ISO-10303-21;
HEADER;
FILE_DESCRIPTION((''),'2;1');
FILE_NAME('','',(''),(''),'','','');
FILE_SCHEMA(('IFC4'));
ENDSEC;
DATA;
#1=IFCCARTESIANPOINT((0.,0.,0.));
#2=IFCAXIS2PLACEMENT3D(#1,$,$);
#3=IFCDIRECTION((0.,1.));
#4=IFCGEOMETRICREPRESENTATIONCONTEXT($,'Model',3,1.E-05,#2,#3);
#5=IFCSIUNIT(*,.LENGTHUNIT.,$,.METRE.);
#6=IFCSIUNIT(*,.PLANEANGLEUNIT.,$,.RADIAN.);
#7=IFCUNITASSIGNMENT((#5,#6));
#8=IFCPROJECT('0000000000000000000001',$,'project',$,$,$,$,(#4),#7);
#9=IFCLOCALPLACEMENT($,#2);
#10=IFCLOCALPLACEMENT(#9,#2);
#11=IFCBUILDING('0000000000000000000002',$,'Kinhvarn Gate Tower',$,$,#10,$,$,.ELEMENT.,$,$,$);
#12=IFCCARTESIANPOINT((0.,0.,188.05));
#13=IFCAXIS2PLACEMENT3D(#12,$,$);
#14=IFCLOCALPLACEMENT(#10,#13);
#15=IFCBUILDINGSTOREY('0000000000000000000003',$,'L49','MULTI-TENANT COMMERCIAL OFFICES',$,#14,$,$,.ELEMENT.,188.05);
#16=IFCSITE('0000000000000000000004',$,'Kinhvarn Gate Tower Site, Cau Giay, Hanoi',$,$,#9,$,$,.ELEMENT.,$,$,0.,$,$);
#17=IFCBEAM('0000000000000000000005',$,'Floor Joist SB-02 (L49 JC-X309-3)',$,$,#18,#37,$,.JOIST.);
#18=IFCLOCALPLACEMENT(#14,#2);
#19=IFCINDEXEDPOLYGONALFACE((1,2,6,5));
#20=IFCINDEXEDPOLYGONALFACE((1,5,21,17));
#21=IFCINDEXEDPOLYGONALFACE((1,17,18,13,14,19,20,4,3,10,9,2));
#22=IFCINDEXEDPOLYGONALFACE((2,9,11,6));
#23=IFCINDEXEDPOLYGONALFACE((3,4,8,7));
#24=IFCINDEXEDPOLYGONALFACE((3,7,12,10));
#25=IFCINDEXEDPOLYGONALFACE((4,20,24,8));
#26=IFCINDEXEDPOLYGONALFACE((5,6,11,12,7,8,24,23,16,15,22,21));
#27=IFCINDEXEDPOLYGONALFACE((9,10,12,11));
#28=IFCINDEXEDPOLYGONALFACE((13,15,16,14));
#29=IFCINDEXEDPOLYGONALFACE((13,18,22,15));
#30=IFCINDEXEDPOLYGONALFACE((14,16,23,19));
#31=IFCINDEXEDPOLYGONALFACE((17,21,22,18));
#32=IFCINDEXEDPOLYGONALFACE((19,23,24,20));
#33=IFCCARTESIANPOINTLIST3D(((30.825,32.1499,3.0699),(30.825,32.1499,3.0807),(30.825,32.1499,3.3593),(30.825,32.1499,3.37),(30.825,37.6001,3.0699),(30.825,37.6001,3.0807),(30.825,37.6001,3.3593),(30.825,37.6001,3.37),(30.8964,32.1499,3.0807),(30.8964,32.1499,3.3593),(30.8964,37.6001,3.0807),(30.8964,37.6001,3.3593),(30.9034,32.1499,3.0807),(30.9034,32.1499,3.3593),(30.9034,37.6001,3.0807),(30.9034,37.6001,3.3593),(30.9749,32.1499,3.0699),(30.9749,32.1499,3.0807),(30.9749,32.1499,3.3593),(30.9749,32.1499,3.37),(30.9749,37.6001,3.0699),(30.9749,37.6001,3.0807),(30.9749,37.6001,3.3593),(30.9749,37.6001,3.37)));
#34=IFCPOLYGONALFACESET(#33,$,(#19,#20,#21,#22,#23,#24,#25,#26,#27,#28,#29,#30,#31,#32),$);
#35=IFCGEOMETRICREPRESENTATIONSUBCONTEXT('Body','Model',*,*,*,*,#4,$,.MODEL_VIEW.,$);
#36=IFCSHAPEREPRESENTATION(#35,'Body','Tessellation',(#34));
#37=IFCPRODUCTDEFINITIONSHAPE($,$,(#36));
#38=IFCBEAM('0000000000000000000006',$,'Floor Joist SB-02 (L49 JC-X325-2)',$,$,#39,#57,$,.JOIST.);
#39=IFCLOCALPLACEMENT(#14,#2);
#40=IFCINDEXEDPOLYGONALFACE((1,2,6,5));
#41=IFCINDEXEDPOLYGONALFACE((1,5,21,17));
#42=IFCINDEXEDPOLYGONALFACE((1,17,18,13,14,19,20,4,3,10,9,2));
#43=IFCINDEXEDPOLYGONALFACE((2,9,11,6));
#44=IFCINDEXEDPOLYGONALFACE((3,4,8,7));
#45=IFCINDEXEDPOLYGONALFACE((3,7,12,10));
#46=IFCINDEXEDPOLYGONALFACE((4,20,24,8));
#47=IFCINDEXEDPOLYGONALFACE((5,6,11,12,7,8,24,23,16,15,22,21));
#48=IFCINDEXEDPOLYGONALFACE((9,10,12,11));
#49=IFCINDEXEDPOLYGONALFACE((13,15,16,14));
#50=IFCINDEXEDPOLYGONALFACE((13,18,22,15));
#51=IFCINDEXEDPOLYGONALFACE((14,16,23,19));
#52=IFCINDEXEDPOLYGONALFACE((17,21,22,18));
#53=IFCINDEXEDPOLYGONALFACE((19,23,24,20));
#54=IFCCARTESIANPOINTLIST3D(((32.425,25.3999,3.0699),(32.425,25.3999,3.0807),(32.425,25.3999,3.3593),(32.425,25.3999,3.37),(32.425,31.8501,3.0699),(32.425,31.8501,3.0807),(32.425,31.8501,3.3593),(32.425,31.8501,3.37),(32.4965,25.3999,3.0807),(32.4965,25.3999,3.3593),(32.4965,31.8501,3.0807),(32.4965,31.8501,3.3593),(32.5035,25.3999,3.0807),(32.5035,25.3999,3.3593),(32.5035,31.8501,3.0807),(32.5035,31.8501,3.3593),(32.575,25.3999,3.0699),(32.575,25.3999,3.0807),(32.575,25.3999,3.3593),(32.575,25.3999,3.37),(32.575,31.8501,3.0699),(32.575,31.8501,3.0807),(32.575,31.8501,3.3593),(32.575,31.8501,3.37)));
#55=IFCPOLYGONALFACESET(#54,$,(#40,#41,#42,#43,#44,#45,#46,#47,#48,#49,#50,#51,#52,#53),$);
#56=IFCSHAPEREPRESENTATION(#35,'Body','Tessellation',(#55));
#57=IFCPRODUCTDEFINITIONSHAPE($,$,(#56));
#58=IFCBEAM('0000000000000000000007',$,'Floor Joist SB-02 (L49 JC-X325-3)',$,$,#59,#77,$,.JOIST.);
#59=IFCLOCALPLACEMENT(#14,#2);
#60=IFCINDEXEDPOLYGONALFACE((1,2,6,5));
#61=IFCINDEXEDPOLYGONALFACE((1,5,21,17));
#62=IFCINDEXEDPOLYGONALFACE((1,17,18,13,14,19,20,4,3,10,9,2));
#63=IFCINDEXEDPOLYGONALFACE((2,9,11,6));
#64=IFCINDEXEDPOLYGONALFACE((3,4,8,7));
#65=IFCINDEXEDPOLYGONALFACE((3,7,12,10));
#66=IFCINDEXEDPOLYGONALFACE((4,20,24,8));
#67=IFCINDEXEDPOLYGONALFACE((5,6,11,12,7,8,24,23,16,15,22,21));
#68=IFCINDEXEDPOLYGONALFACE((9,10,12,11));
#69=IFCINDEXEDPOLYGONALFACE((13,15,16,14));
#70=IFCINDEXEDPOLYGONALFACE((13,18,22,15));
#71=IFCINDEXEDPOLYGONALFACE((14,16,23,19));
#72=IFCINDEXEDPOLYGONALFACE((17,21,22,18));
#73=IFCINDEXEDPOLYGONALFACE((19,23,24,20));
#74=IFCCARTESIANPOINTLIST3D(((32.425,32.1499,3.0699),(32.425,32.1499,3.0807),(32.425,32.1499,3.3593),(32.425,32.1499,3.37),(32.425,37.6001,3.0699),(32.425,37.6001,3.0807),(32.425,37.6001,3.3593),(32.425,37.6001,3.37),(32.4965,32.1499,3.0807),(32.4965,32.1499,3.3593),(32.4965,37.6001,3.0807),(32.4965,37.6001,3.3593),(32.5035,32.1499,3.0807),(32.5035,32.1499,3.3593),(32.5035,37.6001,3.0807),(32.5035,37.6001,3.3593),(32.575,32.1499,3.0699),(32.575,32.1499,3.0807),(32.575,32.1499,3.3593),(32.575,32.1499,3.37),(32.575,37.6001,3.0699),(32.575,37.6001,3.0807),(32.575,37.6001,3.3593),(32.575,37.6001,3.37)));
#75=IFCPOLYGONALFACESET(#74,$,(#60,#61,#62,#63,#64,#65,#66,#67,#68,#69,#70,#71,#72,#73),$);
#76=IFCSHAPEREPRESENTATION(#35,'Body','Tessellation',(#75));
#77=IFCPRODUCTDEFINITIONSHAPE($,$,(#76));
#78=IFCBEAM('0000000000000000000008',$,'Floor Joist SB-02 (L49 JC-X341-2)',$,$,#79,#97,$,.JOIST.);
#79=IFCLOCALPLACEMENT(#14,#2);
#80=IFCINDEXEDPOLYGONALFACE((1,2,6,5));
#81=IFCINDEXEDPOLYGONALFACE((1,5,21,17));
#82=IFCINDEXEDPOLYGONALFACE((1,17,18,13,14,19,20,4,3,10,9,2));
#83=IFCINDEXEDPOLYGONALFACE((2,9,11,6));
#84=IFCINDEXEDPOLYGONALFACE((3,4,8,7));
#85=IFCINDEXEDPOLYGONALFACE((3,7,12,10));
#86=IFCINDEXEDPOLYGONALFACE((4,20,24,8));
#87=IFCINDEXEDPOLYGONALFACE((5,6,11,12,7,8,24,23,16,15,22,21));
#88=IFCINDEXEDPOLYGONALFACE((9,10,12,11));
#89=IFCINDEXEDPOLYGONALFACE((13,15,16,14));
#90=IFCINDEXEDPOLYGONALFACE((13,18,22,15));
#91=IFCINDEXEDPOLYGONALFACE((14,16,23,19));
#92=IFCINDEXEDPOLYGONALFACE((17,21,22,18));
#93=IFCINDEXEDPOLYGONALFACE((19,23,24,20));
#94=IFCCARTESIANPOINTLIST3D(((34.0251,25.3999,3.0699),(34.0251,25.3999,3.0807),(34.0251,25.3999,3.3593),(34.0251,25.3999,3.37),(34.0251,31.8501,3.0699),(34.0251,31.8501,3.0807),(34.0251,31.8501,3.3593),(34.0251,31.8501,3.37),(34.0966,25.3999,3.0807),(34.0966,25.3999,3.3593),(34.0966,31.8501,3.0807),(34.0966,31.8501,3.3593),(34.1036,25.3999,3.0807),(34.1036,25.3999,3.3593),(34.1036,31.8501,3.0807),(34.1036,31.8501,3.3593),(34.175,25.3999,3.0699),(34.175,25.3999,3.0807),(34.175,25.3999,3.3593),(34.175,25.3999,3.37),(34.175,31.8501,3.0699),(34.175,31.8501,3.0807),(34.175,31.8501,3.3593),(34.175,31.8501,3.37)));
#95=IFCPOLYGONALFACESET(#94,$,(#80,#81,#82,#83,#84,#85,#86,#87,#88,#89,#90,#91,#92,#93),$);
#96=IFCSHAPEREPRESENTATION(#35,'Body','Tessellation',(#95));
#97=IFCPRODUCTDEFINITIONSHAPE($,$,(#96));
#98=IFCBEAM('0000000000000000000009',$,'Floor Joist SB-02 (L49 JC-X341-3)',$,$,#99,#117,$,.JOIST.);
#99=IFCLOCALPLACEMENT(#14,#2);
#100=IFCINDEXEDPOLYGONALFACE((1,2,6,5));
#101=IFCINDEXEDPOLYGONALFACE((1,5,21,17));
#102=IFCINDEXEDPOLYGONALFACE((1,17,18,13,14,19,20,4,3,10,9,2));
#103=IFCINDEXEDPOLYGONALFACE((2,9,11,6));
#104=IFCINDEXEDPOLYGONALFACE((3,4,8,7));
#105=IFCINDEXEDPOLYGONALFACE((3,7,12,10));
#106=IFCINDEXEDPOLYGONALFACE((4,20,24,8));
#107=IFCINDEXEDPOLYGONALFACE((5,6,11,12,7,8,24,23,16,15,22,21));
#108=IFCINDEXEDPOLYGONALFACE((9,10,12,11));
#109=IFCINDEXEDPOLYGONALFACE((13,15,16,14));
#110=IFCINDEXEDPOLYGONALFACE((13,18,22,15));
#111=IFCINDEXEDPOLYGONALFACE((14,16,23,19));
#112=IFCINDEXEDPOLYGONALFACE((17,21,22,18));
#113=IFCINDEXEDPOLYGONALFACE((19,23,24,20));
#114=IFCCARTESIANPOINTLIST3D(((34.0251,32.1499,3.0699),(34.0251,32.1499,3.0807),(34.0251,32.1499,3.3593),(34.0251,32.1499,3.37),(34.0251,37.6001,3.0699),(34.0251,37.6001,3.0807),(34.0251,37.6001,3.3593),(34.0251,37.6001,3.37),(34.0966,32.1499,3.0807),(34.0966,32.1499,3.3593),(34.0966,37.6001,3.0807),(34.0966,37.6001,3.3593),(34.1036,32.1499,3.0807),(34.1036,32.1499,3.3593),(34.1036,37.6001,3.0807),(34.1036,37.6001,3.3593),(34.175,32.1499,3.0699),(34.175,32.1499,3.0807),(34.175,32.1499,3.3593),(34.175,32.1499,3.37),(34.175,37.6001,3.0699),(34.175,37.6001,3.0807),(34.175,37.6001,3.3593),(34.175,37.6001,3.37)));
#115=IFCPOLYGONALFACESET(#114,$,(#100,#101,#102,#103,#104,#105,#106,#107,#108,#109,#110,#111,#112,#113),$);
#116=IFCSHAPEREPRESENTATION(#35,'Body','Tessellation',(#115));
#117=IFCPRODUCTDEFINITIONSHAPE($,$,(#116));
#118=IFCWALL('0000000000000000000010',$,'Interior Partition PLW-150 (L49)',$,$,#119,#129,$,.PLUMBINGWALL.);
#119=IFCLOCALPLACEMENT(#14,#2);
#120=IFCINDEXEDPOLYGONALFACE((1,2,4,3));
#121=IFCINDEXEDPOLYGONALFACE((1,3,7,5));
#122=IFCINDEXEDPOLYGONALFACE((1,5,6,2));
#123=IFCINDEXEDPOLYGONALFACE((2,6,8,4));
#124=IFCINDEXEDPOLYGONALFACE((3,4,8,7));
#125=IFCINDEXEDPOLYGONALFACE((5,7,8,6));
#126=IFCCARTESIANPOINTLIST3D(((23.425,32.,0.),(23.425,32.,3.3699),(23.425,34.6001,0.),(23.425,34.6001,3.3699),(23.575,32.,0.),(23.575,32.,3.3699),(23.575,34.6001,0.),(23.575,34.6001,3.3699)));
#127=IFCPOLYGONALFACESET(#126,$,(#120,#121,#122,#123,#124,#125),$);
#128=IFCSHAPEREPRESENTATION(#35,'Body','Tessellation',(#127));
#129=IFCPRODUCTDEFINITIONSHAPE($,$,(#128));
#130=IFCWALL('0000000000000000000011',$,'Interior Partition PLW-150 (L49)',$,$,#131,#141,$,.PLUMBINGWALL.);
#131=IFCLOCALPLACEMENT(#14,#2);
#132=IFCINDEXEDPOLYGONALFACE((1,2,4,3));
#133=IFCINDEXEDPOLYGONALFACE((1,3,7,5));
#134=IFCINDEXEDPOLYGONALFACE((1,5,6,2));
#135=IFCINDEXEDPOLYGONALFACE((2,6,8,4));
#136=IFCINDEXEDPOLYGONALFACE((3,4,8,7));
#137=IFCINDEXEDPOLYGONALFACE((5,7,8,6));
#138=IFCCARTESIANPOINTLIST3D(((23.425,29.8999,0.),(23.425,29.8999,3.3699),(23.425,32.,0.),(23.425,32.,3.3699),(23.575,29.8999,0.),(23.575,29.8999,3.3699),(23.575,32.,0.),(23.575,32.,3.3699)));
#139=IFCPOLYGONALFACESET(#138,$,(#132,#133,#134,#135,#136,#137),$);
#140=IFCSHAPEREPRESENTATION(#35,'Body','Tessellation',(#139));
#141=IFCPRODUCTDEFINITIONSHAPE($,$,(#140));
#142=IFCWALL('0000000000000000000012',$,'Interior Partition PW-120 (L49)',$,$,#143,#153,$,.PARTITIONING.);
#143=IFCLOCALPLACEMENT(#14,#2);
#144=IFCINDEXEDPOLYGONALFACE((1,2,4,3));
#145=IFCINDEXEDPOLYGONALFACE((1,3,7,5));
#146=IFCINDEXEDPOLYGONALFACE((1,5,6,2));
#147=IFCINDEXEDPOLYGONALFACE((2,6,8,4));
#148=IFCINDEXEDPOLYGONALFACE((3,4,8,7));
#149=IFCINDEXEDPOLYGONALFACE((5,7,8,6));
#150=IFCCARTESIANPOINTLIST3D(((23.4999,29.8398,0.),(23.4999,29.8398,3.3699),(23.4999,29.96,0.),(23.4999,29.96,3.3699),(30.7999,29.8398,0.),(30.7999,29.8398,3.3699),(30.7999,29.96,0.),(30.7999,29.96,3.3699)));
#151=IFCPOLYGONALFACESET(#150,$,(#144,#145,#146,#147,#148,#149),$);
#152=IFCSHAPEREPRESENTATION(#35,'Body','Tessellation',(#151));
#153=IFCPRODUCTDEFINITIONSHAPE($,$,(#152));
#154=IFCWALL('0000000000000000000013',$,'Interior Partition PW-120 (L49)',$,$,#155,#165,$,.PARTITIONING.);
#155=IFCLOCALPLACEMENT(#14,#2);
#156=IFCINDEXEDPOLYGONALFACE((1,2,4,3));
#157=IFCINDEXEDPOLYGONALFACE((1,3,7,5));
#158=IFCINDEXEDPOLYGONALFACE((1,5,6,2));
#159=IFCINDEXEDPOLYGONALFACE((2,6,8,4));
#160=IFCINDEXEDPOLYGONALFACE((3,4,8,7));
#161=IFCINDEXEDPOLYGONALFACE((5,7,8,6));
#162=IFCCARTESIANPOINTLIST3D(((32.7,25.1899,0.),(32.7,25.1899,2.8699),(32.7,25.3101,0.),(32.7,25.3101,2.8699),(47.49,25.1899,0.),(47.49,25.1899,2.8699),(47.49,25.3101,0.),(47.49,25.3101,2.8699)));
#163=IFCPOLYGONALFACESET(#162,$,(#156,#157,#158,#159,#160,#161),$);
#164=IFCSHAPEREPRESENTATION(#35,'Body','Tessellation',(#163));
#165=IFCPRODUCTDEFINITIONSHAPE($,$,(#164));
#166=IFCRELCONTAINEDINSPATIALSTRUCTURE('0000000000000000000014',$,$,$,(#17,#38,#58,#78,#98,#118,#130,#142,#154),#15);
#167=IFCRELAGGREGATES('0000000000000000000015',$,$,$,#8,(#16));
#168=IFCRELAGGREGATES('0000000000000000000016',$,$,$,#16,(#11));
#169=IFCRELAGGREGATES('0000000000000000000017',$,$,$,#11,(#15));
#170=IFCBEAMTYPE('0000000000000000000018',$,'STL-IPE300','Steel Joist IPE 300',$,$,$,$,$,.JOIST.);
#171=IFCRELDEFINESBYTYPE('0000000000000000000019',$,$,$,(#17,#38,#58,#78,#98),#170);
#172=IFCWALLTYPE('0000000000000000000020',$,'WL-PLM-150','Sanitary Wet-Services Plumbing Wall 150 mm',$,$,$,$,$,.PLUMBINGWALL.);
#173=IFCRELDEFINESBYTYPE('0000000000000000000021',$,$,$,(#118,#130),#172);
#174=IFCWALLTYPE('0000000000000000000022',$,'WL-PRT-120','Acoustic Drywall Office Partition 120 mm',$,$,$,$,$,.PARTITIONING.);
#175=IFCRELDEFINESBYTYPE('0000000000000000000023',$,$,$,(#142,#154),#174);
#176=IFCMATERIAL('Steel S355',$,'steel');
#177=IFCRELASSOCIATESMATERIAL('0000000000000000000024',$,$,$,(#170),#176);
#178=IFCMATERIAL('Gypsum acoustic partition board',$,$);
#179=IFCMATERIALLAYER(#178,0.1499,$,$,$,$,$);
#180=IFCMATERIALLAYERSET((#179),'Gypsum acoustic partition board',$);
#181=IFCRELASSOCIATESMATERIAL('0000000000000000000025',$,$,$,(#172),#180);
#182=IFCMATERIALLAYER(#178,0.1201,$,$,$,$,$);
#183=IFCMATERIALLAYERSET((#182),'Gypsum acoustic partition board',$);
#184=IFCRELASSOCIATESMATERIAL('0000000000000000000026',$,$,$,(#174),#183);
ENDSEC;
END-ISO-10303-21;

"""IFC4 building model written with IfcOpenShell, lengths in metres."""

from ifc_helpers import new_model, si_unit, direction, frame, frame_2d, origin, origin_2d, place, context, subcontext, project, spatial, rectangle, i_section, extrude, material, layer, layer_set, material_profile, profile_set, type_object, element, save


model = new_model("IFC4")

# Units and contexts
model_context = context("Model", 3, precision=1e-05, world=origin(), true_north=direction((0.0, 1.0)))
body_context = subcontext(model_context, "Body", "Model", "MODEL_VIEW")
ifc_project = project(units=[si_unit("LENGTHUNIT", "METRE"), si_unit("PLANEANGLEUNIT", "RADIAN")], contexts=[model_context])

# Site, building, storey
site_placement = place(None, origin())
site = spatial("IfcSite", under=ifc_project, at=site_placement, Name="Kinhvarn Gate Tower Site, Cau Giay, Hanoi", CompositionType="ELEMENT", RefElevation=0.0)
building_placement = place(site_placement, origin())
building = spatial("IfcBuilding", under=site, at=building_placement, Name="Kinhvarn Gate Tower", CompositionType="ELEMENT")
storey_placement = place(building_placement, frame((0.0, 0.0, 188.05)))
storey = spatial("IfcBuildingStorey", under=building, at=storey_placement, Name="L49", Description="MULTI-TENANT COMMERCIAL OFFICES", CompositionType="ELEMENT", Elevation=188.05)

# Beams
ifc_material_1 = material(Name="Steel S355", Category="steel")
ifc_material_profile = material_profile(ifc_material_1, i_section(OverallWidth=0.1499, OverallDepth=0.3, WebThickness=0.0071, FlangeThickness=0.0107, at=origin_2d()), Name="IPE 300")
ifc_profile_set = profile_set([ifc_material_profile], Name="Steel S355")
beam_type = type_object("IfcBeamType", Name="STL-IPE300", Description="Steel Joist IPE 300", PredefinedType="JOIST", material=ifc_profile_set)
beam_1_placement = place(storey_placement, frame((30.8999, 32.1499, 3.22), z_axis=(0.0, 1.0, 0.0), x_axis=(-1.0, 0.0, 0.0)))
element("IfcBeam", 1, at=beam_1_placement, inside=storey, type_object=beam_type, Name="Floor Joist SB-02 (L49 JC-X309-3)", PredefinedType="JOIST", context=body_context, shape_type="SweptSolid", body=[
    extrude(i_section(OverallWidth=0.1499, OverallDepth=0.3, WebThickness=0.0071, FlangeThickness=0.0107, at=origin_2d()), origin(), (0.0, 0.0, 1.0), 5.4502),
])
beam_2_placement = place(storey_placement, frame((32.5, 25.3999, 3.22), z_axis=(0.0, 1.0, 0.0), x_axis=(-1.0, 0.0, 0.0)))
element("IfcBeam", 2, at=beam_2_placement, inside=storey, type_object=beam_type, Name="Floor Joist SB-02 (L49 JC-X325-2)", PredefinedType="JOIST", context=body_context, shape_type="SweptSolid", body=[
    extrude(i_section(OverallWidth=0.1499, OverallDepth=0.3, WebThickness=0.0071, FlangeThickness=0.0107, at=origin_2d()), origin(), (0.0, 0.0, 1.0), 6.4502),
])
beam_3_placement = place(storey_placement, frame((32.5, 32.1499, 3.22), z_axis=(0.0, 1.0, 0.0), x_axis=(-1.0, 0.0, 0.0)))
element("IfcBeam", 3, at=beam_3_placement, inside=storey, type_object=beam_type, Name="Floor Joist SB-02 (L49 JC-X325-3)", PredefinedType="JOIST", context=body_context, shape_type="SweptSolid", body=[
    extrude(i_section(OverallWidth=0.1499, OverallDepth=0.3, WebThickness=0.0071, FlangeThickness=0.0107, at=origin_2d()), origin(), (0.0, 0.0, 1.0), 5.4502),
])
beam_4_placement = place(storey_placement, frame((34.1001, 25.3999, 3.22), z_axis=(0.0, 1.0, 0.0), x_axis=(-1.0, 0.0, 0.0)))
element("IfcBeam", 4, at=beam_4_placement, inside=storey, type_object=beam_type, Name="Floor Joist SB-02 (L49 JC-X341-2)", PredefinedType="JOIST", context=body_context, shape_type="SweptSolid", body=[
    extrude(i_section(OverallWidth=0.1499, OverallDepth=0.3, WebThickness=0.0071, FlangeThickness=0.0107, at=origin_2d()), origin(), (0.0, 0.0, 1.0), 6.4502),
])
beam_5_placement = place(storey_placement, frame((34.1001, 32.1499, 3.22), z_axis=(0.0, 1.0, 0.0), x_axis=(-1.0, 0.0, 0.0)))
element("IfcBeam", 5, at=beam_5_placement, inside=storey, type_object=beam_type, Name="Floor Joist SB-02 (L49 JC-X341-3)", PredefinedType="JOIST", context=body_context, shape_type="SweptSolid", body=[
    extrude(i_section(OverallWidth=0.1499, OverallDepth=0.3, WebThickness=0.0071, FlangeThickness=0.0107, at=origin_2d()), origin(), (0.0, 0.0, 1.0), 5.4502),
])

# Walls
ifc_material_2 = material(Name="Gypsum acoustic partition board")
ifc_layer_1 = layer(ifc_material_2, 0.1499)
ifc_layer_set_1 = layer_set([ifc_layer_1], Name="Gypsum acoustic partition board")
wall_type_1 = type_object("IfcWallType", Name="WL-PLM-150", Description="Sanitary Wet-Services Plumbing Wall 150 mm", PredefinedType="PLUMBINGWALL", material=ifc_layer_set_1)
wall_1_placement = place(storey_placement, frame((23.5, 32.0, 0.0), z_axis=(0.0, 0.0, 1.0), x_axis=(0.0, 1.0, 0.0)))
element("IfcWall", 6, at=wall_1_placement, inside=storey, type_object=wall_type_1, Name="Interior Partition PLW-150 (L49)", PredefinedType="PLUMBINGWALL", context=body_context, shape_type="SweptSolid", body=[
    extrude(rectangle(XDim=2.6001, YDim=0.1499, at=frame_2d((1.3, 0.0))), origin(), (0.0, 0.0, 1.0), 3.3699),
])
wall_2_placement = place(storey_placement, frame((23.5, 29.8999, 0.0), z_axis=(0.0, 0.0, 1.0), x_axis=(0.0, 1.0, 0.0)))
element("IfcWall", 7, at=wall_2_placement, inside=storey, type_object=wall_type_1, Name="Interior Partition PLW-150 (L49)", PredefinedType="PLUMBINGWALL", context=body_context, shape_type="SweptSolid", body=[
    extrude(rectangle(XDim=2.1001, YDim=0.1499, at=frame_2d((1.05, 0.0))), origin(), (0.0, 0.0, 1.0), 3.3699),
])
ifc_layer_2 = layer(ifc_material_2, 0.1201)
ifc_layer_set_2 = layer_set([ifc_layer_2], Name="Gypsum acoustic partition board")
wall_type_2 = type_object("IfcWallType", Name="WL-PRT-120", Description="Acoustic Drywall Office Partition 120 mm", PredefinedType="PARTITIONING", material=ifc_layer_set_2)
wall_3_placement = place(storey_placement, frame((23.5, 29.8999, 0.0), z_axis=(0.0, 0.0, 1.0), x_axis=(1.0, 0.0, 0.0)))
element("IfcWall", 8, at=wall_3_placement, inside=storey, type_object=wall_type_2, Name="Interior Partition PW-120 (L49)", PredefinedType="PARTITIONING", context=body_context, shape_type="SweptSolid", body=[
    extrude(rectangle(XDim=7.3, YDim=0.1201, at=frame_2d((3.6499, 0.0))), origin(), (0.0, 0.0, 1.0), 3.3699),
])
wall_4_placement = place(storey_placement, frame((32.7, 25.25, 0.0), z_axis=(0.0, 0.0, 1.0), x_axis=(1.0, 0.0, 0.0)))
element("IfcWall", 9, at=wall_4_placement, inside=storey, type_object=wall_type_2, Name="Interior Partition PW-120 (L49)", PredefinedType="PARTITIONING", context=body_context, shape_type="SweptSolid", body=[
    extrude(rectangle(XDim=14.79, YDim=0.1201, at=frame_2d((7.395, 0.0))), origin(), (0.0, 0.0, 1.0), 2.8699),
])

save(model, "model.ifc")
